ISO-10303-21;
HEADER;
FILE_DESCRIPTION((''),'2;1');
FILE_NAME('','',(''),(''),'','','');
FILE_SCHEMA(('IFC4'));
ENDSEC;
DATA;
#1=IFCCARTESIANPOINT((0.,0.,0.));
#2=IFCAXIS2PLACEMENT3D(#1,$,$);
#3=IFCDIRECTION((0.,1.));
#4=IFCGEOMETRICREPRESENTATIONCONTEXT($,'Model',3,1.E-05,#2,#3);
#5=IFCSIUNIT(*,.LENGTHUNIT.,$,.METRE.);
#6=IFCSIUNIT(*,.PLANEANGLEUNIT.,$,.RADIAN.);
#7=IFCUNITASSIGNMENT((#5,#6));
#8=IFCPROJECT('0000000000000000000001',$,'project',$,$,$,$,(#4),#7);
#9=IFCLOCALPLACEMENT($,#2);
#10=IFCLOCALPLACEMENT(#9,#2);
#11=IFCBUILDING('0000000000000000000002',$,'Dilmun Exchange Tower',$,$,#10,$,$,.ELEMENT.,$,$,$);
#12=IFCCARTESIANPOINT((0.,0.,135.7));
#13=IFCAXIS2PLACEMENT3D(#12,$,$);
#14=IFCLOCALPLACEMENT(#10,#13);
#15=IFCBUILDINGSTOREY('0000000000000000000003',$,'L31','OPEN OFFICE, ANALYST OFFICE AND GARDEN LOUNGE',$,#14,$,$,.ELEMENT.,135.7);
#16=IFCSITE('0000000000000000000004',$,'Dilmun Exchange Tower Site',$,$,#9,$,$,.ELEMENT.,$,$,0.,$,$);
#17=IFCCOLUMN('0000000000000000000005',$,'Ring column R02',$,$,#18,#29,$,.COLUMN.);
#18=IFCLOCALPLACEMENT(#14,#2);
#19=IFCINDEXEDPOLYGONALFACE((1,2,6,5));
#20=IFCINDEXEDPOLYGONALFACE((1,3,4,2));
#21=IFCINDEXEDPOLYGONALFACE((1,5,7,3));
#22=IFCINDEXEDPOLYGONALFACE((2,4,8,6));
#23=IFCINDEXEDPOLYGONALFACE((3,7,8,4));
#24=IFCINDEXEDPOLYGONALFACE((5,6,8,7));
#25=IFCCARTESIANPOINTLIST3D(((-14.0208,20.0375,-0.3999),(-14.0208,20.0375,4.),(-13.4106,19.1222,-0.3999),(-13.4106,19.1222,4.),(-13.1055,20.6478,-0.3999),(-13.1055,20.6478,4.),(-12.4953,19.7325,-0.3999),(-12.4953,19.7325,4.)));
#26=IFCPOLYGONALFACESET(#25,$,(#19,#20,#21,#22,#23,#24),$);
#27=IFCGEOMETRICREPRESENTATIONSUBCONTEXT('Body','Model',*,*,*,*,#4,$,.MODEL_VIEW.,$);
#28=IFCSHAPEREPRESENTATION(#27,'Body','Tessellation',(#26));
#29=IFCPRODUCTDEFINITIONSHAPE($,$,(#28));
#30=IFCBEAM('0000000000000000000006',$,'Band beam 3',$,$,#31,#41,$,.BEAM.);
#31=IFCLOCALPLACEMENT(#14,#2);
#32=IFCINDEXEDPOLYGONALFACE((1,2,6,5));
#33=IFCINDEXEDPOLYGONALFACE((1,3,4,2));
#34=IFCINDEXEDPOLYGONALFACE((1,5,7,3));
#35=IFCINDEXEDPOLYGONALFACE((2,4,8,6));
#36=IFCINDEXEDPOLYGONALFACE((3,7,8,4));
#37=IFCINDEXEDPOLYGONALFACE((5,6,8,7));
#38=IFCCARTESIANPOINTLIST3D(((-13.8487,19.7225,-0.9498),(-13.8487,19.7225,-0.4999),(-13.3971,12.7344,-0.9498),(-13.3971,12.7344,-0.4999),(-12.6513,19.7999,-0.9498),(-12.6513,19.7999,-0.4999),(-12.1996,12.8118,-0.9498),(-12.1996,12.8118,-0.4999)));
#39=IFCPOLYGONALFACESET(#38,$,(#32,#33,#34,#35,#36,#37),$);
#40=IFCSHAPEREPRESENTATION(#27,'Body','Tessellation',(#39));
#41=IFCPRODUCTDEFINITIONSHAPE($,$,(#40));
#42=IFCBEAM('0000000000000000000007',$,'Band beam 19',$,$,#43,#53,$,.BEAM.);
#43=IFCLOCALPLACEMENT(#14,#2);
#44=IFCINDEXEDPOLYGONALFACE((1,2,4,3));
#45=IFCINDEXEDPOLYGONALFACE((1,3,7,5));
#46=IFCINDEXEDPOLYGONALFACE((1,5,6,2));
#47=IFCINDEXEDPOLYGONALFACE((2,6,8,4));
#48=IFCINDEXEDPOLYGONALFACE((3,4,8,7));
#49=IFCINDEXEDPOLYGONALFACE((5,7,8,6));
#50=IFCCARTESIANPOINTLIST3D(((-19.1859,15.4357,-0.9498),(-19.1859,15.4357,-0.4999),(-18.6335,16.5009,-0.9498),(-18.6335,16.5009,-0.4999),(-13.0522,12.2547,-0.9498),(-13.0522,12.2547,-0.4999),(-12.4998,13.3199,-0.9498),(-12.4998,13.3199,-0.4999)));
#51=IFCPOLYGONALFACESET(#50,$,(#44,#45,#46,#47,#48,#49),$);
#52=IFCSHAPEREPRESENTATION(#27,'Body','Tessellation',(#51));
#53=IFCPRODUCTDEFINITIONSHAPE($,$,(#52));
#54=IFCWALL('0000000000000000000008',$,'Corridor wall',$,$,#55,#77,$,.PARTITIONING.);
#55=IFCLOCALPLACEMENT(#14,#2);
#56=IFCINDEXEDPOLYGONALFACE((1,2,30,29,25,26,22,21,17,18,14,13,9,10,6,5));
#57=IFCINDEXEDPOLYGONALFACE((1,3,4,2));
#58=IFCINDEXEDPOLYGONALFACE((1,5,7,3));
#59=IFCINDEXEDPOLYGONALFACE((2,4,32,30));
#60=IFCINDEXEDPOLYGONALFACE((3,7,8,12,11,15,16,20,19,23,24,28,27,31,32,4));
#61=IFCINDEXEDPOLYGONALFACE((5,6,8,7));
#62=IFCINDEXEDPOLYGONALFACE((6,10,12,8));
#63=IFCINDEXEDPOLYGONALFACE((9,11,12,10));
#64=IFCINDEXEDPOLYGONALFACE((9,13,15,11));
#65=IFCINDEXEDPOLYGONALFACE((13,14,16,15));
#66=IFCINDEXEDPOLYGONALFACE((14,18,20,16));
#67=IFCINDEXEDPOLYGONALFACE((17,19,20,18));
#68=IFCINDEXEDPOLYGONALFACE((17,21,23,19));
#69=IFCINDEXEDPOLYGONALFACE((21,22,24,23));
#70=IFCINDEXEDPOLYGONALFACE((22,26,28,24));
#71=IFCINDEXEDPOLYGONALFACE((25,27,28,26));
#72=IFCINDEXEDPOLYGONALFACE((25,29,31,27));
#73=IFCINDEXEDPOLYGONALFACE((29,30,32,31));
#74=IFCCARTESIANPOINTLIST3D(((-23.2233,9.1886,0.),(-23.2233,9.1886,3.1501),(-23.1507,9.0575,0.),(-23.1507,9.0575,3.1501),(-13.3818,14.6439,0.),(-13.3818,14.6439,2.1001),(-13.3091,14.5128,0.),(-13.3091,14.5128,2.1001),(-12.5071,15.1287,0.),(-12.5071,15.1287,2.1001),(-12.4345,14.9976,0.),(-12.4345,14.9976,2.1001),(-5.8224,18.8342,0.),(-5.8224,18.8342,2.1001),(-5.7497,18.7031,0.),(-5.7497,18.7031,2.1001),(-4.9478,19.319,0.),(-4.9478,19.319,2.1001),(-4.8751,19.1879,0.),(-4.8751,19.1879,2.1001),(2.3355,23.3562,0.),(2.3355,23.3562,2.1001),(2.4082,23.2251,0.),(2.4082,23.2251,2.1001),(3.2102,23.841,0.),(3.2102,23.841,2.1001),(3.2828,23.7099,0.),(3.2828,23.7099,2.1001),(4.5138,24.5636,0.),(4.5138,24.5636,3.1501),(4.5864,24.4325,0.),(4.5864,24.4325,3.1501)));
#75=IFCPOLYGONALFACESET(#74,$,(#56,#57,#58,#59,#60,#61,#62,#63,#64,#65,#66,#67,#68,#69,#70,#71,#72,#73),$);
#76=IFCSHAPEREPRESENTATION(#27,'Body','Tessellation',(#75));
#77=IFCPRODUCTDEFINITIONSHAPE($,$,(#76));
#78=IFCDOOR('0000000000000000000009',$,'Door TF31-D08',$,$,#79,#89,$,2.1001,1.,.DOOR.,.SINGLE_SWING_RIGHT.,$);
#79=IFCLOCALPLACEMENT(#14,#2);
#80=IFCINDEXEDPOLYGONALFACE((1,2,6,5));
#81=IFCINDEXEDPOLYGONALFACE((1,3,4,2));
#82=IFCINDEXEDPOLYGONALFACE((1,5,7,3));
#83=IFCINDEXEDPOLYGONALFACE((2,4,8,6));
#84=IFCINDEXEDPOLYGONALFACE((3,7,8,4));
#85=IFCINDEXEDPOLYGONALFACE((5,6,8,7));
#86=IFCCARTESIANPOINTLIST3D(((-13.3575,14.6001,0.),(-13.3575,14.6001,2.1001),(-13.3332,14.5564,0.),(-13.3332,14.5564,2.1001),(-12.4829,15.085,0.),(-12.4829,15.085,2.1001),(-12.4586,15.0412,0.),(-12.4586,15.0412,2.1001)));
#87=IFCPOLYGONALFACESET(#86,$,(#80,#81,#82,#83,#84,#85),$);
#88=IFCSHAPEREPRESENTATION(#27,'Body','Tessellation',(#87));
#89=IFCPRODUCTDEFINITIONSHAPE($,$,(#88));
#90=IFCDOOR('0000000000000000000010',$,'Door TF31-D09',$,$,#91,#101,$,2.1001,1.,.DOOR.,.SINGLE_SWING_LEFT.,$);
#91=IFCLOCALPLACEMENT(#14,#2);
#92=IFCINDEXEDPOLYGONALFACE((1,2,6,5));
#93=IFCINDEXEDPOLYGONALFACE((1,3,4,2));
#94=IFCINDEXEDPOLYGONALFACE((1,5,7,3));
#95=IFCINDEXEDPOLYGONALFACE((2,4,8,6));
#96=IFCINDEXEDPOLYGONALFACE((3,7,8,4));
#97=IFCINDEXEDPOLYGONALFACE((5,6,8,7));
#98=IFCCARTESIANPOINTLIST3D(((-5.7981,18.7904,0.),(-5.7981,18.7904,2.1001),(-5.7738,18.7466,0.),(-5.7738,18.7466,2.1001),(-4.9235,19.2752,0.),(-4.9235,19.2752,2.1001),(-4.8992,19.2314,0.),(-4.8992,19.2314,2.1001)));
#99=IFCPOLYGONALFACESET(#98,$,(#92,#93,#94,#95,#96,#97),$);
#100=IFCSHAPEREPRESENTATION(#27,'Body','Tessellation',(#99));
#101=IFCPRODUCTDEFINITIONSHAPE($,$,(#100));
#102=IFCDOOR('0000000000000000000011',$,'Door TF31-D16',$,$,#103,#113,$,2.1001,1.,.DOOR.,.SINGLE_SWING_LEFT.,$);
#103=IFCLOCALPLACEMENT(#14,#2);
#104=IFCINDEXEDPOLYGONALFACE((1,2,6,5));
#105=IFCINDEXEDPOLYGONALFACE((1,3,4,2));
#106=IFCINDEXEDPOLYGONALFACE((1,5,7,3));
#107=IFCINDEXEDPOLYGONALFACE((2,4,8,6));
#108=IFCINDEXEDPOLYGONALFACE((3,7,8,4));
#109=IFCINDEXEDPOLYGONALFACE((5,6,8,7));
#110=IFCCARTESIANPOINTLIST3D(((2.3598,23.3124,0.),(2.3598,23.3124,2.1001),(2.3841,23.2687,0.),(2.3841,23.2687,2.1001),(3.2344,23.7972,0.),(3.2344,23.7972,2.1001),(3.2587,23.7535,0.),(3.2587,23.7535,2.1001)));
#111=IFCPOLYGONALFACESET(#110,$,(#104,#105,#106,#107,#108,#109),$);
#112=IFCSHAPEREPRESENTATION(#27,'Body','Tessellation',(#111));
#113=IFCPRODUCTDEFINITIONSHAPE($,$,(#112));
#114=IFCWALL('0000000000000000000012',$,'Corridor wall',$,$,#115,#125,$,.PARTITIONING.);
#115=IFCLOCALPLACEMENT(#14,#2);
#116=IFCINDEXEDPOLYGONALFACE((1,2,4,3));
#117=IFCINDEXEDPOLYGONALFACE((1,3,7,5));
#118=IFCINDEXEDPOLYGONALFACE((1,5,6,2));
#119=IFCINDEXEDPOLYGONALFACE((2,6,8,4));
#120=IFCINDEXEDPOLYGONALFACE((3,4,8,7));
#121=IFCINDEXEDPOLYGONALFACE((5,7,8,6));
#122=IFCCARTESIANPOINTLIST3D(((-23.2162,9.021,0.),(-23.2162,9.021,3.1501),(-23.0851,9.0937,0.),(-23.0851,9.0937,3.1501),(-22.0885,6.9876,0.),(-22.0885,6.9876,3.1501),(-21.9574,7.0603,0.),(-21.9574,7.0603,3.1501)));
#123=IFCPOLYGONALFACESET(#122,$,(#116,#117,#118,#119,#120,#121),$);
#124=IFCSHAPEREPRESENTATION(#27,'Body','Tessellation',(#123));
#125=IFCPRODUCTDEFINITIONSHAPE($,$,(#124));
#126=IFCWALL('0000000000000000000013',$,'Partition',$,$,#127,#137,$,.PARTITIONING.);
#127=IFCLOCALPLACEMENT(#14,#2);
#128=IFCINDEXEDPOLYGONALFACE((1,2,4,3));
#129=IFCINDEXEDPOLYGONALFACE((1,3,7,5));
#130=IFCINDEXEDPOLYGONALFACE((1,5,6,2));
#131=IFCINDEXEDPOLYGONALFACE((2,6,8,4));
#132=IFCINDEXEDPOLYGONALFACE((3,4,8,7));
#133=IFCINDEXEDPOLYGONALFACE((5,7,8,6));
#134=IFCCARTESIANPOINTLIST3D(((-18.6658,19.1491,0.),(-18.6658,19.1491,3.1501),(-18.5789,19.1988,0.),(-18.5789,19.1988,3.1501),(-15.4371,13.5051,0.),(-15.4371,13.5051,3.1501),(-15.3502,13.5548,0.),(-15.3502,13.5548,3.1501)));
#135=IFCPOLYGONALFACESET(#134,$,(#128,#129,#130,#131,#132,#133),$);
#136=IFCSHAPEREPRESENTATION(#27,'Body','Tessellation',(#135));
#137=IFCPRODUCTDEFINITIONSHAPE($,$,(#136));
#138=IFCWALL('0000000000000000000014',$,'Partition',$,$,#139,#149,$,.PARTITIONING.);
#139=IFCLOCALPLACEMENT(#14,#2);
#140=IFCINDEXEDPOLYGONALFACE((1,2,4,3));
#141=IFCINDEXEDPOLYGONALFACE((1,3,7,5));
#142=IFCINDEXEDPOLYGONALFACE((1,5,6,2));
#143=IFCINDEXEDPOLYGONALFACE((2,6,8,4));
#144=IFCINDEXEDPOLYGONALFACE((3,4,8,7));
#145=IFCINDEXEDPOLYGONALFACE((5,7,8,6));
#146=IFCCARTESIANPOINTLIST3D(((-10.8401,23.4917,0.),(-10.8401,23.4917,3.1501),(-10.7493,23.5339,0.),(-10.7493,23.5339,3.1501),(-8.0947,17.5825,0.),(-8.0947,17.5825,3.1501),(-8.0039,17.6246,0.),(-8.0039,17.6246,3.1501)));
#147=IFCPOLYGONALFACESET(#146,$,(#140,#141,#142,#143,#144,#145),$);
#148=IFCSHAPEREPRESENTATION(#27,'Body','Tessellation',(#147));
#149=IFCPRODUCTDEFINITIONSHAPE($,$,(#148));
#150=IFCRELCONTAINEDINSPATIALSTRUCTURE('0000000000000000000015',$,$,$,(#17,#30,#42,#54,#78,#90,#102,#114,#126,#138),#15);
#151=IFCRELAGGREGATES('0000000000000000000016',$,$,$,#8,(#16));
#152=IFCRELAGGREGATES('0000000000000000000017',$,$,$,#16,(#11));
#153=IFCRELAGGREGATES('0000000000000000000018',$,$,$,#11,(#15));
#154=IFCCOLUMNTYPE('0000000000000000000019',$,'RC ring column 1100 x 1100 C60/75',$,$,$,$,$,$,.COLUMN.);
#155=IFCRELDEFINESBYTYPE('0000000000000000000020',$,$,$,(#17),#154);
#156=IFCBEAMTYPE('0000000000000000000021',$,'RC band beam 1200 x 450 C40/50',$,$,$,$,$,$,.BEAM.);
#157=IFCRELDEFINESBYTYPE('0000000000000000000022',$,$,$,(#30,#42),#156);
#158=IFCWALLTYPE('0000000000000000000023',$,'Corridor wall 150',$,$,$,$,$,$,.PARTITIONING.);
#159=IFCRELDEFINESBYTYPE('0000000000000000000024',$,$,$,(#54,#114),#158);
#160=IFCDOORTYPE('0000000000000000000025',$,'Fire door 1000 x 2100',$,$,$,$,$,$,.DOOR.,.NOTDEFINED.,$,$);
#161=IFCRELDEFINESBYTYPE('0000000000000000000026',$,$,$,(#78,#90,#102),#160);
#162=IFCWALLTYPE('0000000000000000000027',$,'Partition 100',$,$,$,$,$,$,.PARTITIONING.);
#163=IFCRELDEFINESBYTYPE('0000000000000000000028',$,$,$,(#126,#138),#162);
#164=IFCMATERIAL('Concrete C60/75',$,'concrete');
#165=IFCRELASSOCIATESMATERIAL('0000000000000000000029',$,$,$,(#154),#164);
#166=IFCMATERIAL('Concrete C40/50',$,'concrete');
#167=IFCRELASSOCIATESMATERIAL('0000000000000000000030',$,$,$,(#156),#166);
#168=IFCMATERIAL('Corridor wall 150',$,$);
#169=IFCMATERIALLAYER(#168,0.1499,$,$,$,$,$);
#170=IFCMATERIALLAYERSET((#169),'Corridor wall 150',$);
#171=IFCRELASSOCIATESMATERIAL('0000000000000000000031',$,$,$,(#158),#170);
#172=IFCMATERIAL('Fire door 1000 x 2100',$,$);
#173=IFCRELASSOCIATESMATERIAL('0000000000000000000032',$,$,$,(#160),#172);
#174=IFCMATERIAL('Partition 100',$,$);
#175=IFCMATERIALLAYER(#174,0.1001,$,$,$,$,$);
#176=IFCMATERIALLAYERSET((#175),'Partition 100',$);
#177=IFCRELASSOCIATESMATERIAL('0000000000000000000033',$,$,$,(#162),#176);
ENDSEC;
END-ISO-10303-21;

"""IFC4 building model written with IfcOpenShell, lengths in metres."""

from ifc_helpers import new_model, si_unit, direction, frame, frame_2d, origin, origin_2d, place, context, subcontext, project, spatial, rectangle, extrude, material, layer, layer_set, material_profile, profile_set, type_object, element, fill, save


model = new_model("IFC4")

# Units and contexts
model_context = context("Model", 3, precision=1e-05, world=origin(), true_north=direction((0.0, 1.0)))
body_context = subcontext(model_context, "Body", "Model", "MODEL_VIEW")
ifc_project = project(units=[si_unit("LENGTHUNIT", "METRE"), si_unit("PLANEANGLEUNIT", "RADIAN")], contexts=[model_context])

# Site, building, storey
site_placement = place(None, origin())
site = spatial("IfcSite", under=ifc_project, at=site_placement, Name="Dilmun Exchange Tower Site", CompositionType="ELEMENT", RefElevation=0.0)
building_placement = place(site_placement, origin())
building = spatial("IfcBuilding", under=site, at=building_placement, Name="Dilmun Exchange Tower", CompositionType="ELEMENT")
storey_placement = place(building_placement, frame((0.0, 0.0, 135.7)))
storey = spatial("IfcBuildingStorey", under=building, at=storey_placement, Name="L31", Description="OPEN OFFICE, ANALYST OFFICE AND GARDEN LOUNGE", CompositionType="ELEMENT", Elevation=135.7)

# Column
ifc_material_1 = material(Name="Concrete C60/75", Category="concrete")
ifc_material_profile_1 = material_profile(ifc_material_1, rectangle(XDim=1.1001, YDim=1.1001, at=origin_2d()), Name="1100 x 1100")
ifc_profile_set_1 = profile_set([ifc_material_profile_1], Name="Concrete C60/75")
column_type = type_object("IfcColumnType", Name="RC ring column 1100 x 1100 C60/75", PredefinedType="COLUMN", material=ifc_profile_set_1)
column_placement = place(storey_placement, frame((-13.2581, 19.885, -0.3999), z_axis=(0.0, 0.0, 1.0), x_axis=(0.832029, 0.554733, 0.0)))
element("IfcColumn", 1, at=column_placement, inside=storey, type_object=column_type, Name="Ring column R02", PredefinedType="COLUMN", context=body_context, shape_type="SweptSolid", body=[
    extrude(rectangle(XDim=1.1001, YDim=1.1001, at=origin_2d()), origin(), (0.0, 0.0, 1.0), 4.3999),
])

# Beams
ifc_material_2 = material(Name="Concrete C40/50", Category="concrete")
ifc_material_profile_2 = material_profile(ifc_material_2, rectangle(XDim=1.2, YDim=0.45, at=origin_2d()), Name="1200 x 450")
ifc_profile_set_2 = profile_set([ifc_material_profile_2], Name="Concrete C40/50")
beam_type = type_object("IfcBeamType", Name="RC band beam 1200 x 450 C40/50", PredefinedType="BEAM", material=ifc_profile_set_2)
beam_1_placement = place(storey_placement, frame((-13.25, 19.7612, -0.7249), z_axis=(0.064499, -0.997918, 0.0), x_axis=(0.997918, 0.064499, 0.0)))
element("IfcBeam", 2, at=beam_1_placement, inside=storey, type_object=beam_type, Name="Band beam 3", PredefinedType="BEAM", context=body_context, shape_type="SweptSolid", body=[
    extrude(rectangle(XDim=1.2, YDim=0.45, at=origin_2d()), origin(), (0.0, 0.0, 1.0), 7.0027),
])
beam_2_placement = place(storey_placement, frame((-18.9097, 15.9683, -0.7249), z_axis=(0.887722, -0.46038, 0.0), x_axis=(0.46038, 0.887722, 0.0)))
element("IfcBeam", 3, at=beam_2_placement, inside=storey, type_object=beam_type, Name="Band beam 19", PredefinedType="BEAM", context=body_context, shape_type="SweptSolid", body=[
    extrude(rectangle(XDim=1.2, YDim=0.45, at=origin_2d()), origin(), (0.0, 0.0, 1.0), 6.9094),
])

# Wall, openings, doors
ifc_material_3 = material(Name="Corridor wall 150")
ifc_layer_1 = layer(ifc_material_3, 0.1499)
ifc_layer_set_1 = layer_set([ifc_layer_1], Name="Corridor wall 150")
wall_type_1 = type_object("IfcWallType", Name="Corridor wall 150", PredefinedType="PARTITIONING", material=ifc_layer_set_1)
wall_1_placement = place(storey_placement, frame((-23.187, 9.123, 0.0), z_axis=(0.0, 0.0, 1.0), x_axis=(0.874618, 0.484812, 0.0)))
wall_1 = element("IfcWall", 4, at=wall_1_placement, inside=storey, type_object=wall_type_1, Name="Corridor wall", PredefinedType="PARTITIONING", context=body_context, shape_type="SweptSolid", body=[
    extrude(rectangle(XDim=31.7134, YDim=0.1499, at=frame_2d((15.8567, 0.0))), origin(), (0.0, 0.0, 1.0), 3.1501),
])
opening_1_placement = place(wall_1_placement, frame((11.2524, 0.0, 0.0)))
opening_1 = element("IfcOpeningElement", 5, at=opening_1_placement, cuts=wall_1, PredefinedType="OPENING", context=body_context, shape_type="SweptSolid", body=[
    extrude(rectangle(XDim=1.0, YDim=2.1001, at=frame_2d((0.5, 1.05))), frame((0.0, 0.085, 0.0), z_axis=(0.0, -1.0, 0.0), x_axis=(1.0, 0.0, 0.0)), (0.0, 0.0, 1.0), 0.1699),
])
opening_2_placement = place(wall_1_placement, frame((19.8955, 0.0, 0.0)))
opening_2 = element("IfcOpeningElement", 6, at=opening_2_placement, cuts=wall_1, PredefinedType="OPENING", context=body_context, shape_type="SweptSolid", body=[
    extrude(rectangle(XDim=1.0, YDim=2.1001, at=frame_2d((0.5, 1.05))), frame((0.0, 0.085, 0.0), z_axis=(0.0, -1.0, 0.0), x_axis=(1.0, 0.0, 0.0)), (0.0, 0.0, 1.0), 0.1699),
])
opening_3_placement = place(wall_1_placement, frame((29.2229, 0.0, 0.0)))
opening_3 = element("IfcOpeningElement", 7, at=opening_3_placement, cuts=wall_1, PredefinedType="OPENING", context=body_context, shape_type="SweptSolid", body=[
    extrude(rectangle(XDim=1.0, YDim=2.1001, at=frame_2d((0.5, 1.05))), frame((0.0, 0.085, 0.0), z_axis=(0.0, -1.0, 0.0), x_axis=(1.0, 0.0, 0.0)), (0.0, 0.0, 1.0), 0.1699),
])
ifc_material_4 = material(Name="Fire door 1000 x 2100")
door_type_1 = type_object("IfcDoorType", Name="Fire door 1000 x 2100", OperationType="NOTDEFINED", PredefinedType="DOOR", material=ifc_material_4)
door_1_placement = place(opening_1_placement, origin())
door_1 = element("IfcDoor", 8, at=door_1_placement, inside=storey, type_object=door_type_1, Name="Door TF31-D08", OperationType="SINGLE_SWING_RIGHT", OverallHeight=2.1001, OverallWidth=1.0, PredefinedType="DOOR", context=body_context, shape_type="SweptSolid", body=[
    extrude(rectangle(XDim=1.0, YDim=2.1001, at=frame_2d((0.5, 1.05))), frame((0.0, 0.0249, 0.0), z_axis=(0.0, -1.0, 0.0), x_axis=(1.0, 0.0, 0.0)), (0.0, 0.0, 1.0), 0.05),
])
fill(opening_1, door_1)
door_2_placement = place(opening_2_placement, origin())
door_2 = element("IfcDoor", 9, at=door_2_placement, inside=storey, type_object=door_type_1, Name="Door TF31-D09", OperationType="SINGLE_SWING_LEFT", OverallHeight=2.1001, OverallWidth=1.0, PredefinedType="DOOR", context=body_context, shape_type="SweptSolid", body=[
    extrude(rectangle(XDim=1.0, YDim=2.1001, at=frame_2d((0.5, 1.05))), frame((0.0, 0.0249, 0.0), z_axis=(0.0, -1.0, 0.0), x_axis=(1.0, 0.0, 0.0)), (0.0, 0.0, 1.0), 0.05),
])
fill(opening_2, door_2)
door_3_placement = place(opening_3_placement, origin())
door_3 = element("IfcDoor", 10, at=door_3_placement, inside=storey, type_object=door_type_1, Name="Door TF31-D16", OperationType="SINGLE_SWING_LEFT", OverallHeight=2.1001, OverallWidth=1.0, PredefinedType="DOOR", context=body_context, shape_type="SweptSolid", body=[
    extrude(rectangle(XDim=1.0, YDim=2.1001, at=frame_2d((0.5, 1.05))), frame((0.0, 0.0249, 0.0), z_axis=(0.0, -1.0, 0.0), x_axis=(1.0, 0.0, 0.0)), (0.0, 0.0, 1.0), 0.05),
])
fill(opening_3, door_3)

# Walls
wall_2_placement = place(storey_placement, frame((-23.1506, 9.0574, 0.0), z_axis=(0.0, 0.0, 1.0), x_axis=(0.484983, -0.874524, 0.0)))
element("IfcWall", 11, at=wall_2_placement, inside=storey, type_object=wall_type_1, Name="Corridor wall", PredefinedType="PARTITIONING", context=body_context, shape_type="SweptSolid", body=[
    extrude(rectangle(XDim=2.3252, YDim=0.1499, at=frame_2d((1.1626, 0.0))), origin(), (0.0, 0.0, 1.0), 3.1501),
])
ifc_material_5 = material(Name="Partition 100")
ifc_layer_2 = layer(ifc_material_5, 0.1001)
ifc_layer_set_2 = layer_set([ifc_layer_2], Name="Partition 100")
wall_type_2 = type_object("IfcWallType", Name="Partition 100", PredefinedType="PARTITIONING", material=ifc_layer_set_2)
wall_3_placement = place(storey_placement, frame((-18.6223, 19.1738, 0.0), z_axis=(0.0, 0.0, 1.0), x_axis=(0.496555, -0.868005, 0.0)))
element("IfcWall", 12, at=wall_3_placement, inside=storey, type_object=wall_type_2, Name="Partition", PredefinedType="PARTITIONING", context=body_context, shape_type="SweptSolid", body=[
    extrude(rectangle(XDim=6.5022, YDim=0.1001, at=frame_2d((3.251, 0.0))), origin(), (0.0, 0.0, 1.0), 3.1501),
])
wall_4_placement = place(storey_placement, frame((-10.7947, 23.5127, 0.0), z_axis=(0.0, 0.0, 1.0), x_axis=(0.42134, -0.906903, 0.0)))
element("IfcWall", 13, at=wall_4_placement, inside=storey, type_object=wall_type_2, Name="Partition", PredefinedType="PARTITIONING", context=body_context, shape_type="SweptSolid", body=[
    extrude(rectangle(XDim=6.5159, YDim=0.1001, at=frame_2d((3.2578, 0.0))), origin(), (0.0, 0.0, 1.0), 3.1501),
])

save(model, "model.ifc")
